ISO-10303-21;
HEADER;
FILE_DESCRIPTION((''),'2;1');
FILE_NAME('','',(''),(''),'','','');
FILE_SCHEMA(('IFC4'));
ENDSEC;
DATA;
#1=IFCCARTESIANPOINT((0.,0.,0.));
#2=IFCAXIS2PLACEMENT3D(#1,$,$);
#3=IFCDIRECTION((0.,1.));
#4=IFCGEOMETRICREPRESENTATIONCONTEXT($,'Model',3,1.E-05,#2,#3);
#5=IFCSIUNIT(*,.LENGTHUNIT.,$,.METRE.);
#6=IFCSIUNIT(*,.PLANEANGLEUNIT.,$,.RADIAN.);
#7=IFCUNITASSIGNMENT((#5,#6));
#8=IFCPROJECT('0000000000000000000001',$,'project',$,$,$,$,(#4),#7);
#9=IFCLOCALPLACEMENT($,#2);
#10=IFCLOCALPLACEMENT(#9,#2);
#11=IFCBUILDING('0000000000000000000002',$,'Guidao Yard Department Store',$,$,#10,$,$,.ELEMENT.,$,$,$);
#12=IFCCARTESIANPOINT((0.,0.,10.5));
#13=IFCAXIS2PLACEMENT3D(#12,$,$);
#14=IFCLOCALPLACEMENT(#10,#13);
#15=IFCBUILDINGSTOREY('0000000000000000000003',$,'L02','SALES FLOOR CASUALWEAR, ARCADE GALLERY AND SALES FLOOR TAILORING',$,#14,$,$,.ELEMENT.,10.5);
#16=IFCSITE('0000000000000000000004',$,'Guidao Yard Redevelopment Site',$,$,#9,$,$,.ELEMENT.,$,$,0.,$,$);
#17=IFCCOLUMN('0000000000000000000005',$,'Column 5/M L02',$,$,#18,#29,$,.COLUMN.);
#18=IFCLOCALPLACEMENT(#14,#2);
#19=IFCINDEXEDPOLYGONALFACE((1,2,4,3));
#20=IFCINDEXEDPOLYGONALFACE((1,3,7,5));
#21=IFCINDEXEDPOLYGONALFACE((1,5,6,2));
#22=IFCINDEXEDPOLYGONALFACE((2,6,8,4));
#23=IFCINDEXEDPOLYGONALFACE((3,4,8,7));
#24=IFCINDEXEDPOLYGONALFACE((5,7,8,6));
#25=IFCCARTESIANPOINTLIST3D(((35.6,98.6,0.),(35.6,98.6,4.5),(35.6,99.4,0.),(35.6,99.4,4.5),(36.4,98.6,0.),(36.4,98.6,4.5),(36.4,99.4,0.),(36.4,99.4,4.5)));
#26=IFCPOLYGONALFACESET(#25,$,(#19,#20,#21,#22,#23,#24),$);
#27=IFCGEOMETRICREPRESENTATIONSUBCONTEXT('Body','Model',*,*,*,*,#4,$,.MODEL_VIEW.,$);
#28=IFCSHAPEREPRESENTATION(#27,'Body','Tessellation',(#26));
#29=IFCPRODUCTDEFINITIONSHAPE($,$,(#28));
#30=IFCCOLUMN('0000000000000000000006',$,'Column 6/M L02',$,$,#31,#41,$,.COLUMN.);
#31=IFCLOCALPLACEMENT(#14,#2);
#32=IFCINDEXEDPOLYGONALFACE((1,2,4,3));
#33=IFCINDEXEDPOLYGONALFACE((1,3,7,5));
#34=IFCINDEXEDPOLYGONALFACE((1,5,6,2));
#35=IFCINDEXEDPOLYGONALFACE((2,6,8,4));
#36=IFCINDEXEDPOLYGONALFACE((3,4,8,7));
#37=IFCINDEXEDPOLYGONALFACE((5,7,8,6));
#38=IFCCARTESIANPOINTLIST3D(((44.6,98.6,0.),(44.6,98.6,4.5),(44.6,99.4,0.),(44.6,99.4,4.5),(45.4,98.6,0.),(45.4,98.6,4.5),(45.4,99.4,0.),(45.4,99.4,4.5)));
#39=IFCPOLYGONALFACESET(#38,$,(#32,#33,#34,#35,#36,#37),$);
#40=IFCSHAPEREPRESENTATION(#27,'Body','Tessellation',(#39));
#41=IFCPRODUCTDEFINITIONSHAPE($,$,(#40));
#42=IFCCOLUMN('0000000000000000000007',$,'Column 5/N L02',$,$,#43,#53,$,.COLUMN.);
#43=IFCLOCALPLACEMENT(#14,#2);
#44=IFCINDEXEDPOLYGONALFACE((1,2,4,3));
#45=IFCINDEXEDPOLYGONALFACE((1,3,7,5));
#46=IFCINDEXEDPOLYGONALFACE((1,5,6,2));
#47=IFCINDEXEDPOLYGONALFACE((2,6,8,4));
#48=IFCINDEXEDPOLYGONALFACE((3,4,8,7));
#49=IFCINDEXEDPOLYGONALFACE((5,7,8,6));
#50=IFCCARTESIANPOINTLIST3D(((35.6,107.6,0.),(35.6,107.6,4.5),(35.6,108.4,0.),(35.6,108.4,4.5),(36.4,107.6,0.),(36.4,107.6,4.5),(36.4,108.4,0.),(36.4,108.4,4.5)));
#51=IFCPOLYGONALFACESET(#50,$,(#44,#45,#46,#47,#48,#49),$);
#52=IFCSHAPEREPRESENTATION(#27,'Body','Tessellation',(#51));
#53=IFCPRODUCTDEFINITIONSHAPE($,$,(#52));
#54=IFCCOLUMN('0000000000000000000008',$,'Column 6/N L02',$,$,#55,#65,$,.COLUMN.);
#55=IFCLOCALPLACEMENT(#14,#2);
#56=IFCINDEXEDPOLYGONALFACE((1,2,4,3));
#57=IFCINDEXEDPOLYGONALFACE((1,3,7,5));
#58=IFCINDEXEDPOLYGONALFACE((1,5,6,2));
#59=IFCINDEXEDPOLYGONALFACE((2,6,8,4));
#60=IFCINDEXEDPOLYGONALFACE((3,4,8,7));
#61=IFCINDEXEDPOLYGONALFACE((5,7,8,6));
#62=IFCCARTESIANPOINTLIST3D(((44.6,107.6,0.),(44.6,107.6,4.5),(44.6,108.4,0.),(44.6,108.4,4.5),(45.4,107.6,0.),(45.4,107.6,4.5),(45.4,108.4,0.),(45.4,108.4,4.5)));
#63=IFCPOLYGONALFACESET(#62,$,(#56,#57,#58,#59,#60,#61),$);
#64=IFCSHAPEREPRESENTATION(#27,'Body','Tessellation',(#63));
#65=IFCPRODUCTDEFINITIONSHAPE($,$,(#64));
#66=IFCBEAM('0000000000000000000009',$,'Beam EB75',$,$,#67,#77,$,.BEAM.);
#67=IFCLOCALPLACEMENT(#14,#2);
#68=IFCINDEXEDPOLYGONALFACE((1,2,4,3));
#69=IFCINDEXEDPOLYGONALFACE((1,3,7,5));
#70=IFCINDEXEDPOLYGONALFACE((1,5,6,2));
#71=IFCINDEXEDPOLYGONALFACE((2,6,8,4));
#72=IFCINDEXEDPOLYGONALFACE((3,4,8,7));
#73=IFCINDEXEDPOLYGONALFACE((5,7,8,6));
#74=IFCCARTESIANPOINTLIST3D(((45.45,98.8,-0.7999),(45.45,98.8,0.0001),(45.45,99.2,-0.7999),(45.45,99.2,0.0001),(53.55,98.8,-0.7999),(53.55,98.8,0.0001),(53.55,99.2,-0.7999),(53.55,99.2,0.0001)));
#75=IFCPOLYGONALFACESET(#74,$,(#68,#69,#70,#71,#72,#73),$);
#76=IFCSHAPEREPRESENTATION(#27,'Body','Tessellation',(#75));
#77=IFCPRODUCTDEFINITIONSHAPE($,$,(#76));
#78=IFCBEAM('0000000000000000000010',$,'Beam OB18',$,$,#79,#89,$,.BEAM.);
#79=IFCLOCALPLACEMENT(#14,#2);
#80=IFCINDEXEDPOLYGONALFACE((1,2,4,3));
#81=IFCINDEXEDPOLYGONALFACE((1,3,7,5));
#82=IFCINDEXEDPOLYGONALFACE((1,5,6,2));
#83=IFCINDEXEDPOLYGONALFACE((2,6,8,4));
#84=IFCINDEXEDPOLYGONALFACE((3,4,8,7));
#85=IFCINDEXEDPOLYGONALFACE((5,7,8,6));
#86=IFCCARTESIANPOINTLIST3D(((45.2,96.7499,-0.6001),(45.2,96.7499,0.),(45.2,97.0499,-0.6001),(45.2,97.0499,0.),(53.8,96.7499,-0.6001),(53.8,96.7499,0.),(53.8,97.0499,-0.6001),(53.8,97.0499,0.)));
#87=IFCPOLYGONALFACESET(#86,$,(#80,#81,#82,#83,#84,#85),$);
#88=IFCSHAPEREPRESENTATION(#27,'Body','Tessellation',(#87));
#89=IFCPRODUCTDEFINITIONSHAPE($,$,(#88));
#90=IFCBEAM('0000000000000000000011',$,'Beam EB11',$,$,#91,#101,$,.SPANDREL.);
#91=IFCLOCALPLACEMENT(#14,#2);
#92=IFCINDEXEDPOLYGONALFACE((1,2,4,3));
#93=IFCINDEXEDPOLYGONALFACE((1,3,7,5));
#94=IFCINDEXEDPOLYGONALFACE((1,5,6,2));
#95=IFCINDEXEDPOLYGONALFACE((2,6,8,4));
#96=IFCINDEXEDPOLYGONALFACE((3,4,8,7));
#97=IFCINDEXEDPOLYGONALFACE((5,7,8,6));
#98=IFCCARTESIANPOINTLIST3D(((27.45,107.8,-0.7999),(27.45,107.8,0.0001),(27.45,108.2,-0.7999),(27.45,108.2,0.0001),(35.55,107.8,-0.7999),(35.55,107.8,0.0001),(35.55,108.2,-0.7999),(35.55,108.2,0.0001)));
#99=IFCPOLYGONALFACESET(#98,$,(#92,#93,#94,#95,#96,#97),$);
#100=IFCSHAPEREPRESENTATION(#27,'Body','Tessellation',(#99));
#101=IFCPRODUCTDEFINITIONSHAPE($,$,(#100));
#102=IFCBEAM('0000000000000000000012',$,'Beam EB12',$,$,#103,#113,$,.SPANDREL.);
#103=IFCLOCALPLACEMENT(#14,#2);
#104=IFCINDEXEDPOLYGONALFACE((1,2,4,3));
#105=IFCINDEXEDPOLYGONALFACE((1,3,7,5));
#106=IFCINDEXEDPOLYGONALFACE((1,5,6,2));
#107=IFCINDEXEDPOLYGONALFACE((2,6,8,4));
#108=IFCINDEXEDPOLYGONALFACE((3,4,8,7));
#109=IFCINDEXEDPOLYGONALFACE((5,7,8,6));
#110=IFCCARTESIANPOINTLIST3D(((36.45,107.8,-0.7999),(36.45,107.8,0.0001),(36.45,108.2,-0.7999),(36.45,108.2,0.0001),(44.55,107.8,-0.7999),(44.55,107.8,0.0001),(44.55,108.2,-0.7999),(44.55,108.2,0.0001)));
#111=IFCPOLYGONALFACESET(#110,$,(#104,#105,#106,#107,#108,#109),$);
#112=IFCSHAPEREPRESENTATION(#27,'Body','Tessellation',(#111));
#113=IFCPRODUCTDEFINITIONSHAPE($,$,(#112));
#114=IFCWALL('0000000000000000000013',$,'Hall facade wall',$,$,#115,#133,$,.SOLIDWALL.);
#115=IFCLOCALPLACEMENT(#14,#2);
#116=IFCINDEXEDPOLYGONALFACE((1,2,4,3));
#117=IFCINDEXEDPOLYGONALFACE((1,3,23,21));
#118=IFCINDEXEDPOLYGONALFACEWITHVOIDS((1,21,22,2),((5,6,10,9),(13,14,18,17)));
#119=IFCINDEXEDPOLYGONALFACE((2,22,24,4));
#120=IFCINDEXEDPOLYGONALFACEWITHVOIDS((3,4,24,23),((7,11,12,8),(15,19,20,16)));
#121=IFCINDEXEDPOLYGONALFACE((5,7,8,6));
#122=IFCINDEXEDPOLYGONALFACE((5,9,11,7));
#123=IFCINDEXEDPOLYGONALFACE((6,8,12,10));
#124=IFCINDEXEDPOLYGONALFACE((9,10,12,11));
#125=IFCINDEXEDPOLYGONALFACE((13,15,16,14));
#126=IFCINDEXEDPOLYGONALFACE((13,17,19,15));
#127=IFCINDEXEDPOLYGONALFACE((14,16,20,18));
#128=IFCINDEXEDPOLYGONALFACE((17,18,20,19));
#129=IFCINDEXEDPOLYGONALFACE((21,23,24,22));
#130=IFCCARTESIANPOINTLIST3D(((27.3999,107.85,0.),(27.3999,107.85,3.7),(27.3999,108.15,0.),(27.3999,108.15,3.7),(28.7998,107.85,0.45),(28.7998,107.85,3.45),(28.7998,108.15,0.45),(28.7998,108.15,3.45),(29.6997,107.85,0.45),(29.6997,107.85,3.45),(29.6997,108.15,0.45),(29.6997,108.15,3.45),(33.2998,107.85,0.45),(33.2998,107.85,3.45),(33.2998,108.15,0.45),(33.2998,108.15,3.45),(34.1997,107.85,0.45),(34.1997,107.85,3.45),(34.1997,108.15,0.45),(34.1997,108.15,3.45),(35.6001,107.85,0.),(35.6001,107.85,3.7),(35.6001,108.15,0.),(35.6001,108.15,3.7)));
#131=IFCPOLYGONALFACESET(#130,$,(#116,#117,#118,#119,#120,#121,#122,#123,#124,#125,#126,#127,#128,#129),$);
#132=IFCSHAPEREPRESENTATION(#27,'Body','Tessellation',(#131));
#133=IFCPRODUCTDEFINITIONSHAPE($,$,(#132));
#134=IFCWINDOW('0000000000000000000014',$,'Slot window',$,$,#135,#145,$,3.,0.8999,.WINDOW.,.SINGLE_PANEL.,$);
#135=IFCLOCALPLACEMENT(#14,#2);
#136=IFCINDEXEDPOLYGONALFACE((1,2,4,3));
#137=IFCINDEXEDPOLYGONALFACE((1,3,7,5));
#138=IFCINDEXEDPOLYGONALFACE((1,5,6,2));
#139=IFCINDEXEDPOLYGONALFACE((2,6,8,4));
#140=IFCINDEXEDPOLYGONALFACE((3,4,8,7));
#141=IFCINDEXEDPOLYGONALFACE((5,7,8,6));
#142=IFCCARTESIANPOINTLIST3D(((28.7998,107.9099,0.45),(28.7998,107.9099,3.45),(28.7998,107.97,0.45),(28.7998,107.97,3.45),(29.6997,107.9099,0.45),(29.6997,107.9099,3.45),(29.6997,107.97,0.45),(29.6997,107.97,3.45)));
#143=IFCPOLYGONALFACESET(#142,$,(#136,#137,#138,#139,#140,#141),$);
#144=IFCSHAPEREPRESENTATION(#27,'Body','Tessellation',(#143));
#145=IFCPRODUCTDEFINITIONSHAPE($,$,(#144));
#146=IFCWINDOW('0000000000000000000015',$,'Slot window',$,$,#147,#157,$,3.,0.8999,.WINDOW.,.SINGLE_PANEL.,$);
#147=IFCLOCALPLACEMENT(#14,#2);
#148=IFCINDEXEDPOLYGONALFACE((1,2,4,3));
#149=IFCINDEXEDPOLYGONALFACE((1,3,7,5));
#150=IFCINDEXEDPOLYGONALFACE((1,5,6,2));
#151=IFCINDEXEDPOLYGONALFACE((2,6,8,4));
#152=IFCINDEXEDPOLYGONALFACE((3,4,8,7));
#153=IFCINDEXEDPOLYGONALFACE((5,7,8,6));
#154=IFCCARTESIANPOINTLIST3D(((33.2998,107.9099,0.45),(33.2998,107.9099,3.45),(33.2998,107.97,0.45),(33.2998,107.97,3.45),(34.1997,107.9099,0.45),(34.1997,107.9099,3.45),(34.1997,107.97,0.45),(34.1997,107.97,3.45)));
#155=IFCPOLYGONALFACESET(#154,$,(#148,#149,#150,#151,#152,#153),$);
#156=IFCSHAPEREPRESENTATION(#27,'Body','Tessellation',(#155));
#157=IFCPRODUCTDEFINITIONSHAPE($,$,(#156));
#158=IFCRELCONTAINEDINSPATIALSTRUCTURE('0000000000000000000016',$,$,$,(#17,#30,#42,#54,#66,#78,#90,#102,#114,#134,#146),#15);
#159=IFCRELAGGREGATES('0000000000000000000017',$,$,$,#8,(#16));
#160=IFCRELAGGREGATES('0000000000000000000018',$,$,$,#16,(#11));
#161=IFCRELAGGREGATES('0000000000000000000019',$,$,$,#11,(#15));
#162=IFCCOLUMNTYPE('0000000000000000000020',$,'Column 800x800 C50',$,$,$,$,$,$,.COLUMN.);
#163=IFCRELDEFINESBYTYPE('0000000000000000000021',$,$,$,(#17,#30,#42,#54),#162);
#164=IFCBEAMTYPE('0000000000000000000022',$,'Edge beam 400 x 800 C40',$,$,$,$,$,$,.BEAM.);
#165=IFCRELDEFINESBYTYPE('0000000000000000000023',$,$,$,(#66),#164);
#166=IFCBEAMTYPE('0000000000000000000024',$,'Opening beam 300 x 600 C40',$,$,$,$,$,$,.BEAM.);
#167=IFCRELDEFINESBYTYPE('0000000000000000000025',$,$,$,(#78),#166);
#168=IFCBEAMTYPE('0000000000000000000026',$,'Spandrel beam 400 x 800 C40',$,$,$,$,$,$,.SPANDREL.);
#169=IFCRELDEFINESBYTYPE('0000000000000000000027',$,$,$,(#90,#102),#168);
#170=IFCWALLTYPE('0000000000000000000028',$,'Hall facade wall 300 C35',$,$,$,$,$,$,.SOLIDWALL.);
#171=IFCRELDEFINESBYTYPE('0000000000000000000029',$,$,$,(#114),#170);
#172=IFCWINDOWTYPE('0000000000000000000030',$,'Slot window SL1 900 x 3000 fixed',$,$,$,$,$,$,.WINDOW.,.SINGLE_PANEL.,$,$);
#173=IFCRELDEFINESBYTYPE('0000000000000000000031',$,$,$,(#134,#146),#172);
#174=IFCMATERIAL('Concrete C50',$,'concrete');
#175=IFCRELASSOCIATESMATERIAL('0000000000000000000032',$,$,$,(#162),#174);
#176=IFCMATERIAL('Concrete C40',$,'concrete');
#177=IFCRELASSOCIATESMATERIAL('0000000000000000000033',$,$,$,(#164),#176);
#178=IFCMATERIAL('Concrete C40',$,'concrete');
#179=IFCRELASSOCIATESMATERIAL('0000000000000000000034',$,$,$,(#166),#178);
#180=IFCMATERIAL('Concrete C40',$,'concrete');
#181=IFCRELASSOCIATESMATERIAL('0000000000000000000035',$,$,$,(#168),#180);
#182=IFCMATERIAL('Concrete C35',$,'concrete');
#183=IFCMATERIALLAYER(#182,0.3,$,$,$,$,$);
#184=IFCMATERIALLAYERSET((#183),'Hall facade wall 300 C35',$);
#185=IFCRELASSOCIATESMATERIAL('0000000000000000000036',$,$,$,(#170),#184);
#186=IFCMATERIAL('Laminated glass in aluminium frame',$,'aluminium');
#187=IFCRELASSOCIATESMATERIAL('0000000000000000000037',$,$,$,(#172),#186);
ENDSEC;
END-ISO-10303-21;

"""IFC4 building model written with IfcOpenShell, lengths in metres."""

from ifc_helpers import new_model, si_unit, direction, frame, frame_2d, origin, origin_2d, place, context, subcontext, project, spatial, rectangle, extrude, material, layer, layer_set, material_profile, profile_set, type_object, element, fill, save


model = new_model("IFC4")

# Units and contexts
model_context = context("Model", 3, precision=1e-05, world=origin(), true_north=direction((0.0, 1.0)))
body_context = subcontext(model_context, "Body", "Model", "MODEL_VIEW")
ifc_project = project(units=[si_unit("LENGTHUNIT", "METRE"), si_unit("PLANEANGLEUNIT", "RADIAN")], contexts=[model_context])

# Site, building, storey
site_placement = place(None, origin())
site = spatial("IfcSite", under=ifc_project, at=site_placement, Name="Guidao Yard Redevelopment Site", CompositionType="ELEMENT", RefElevation=0.0)
building_placement = place(site_placement, origin())
building = spatial("IfcBuilding", under=site, at=building_placement, Name="Guidao Yard Department Store", CompositionType="ELEMENT")
storey_placement = place(building_placement, frame((0.0, 0.0, 10.5)))
storey = spatial("IfcBuildingStorey", under=building, at=storey_placement, Name="L02", Description="SALES FLOOR CASUALWEAR, ARCADE GALLERY AND SALES FLOOR TAILORING", CompositionType="ELEMENT", Elevation=10.5)

# Columns
ifc_material_1 = material(Name="Concrete C50", Category="concrete")
ifc_material_profile_1 = material_profile(ifc_material_1, rectangle(XDim=0.8, YDim=0.8, at=origin_2d()), Name="COL 800x800")
ifc_profile_set_1 = profile_set([ifc_material_profile_1], Name="Concrete C50")
column_type = type_object("IfcColumnType", Name="Column 800x800 C50", PredefinedType="COLUMN", material=ifc_profile_set_1)
for number, where, z_axis, x_axis, name in (
    (1, (36.0, 99.0, 0.0), (0.0, 0.0, 1.0), (1.0, 0.0, 0.0), "Column 5/M L02"),
    (2, (45.0, 99.0, 0.0), (0.0, 0.0, 1.0), (1.0, 0.0, 0.0), "Column 6/M L02"),
    (3, (36.0, 108.0, 0.0), (0.0, 0.0, 1.0), (1.0, 0.0, 0.0), "Column 5/N L02"),
    (4, (45.0, 108.0, 0.0), (0.0, 0.0, 1.0), (1.0, 0.0, 0.0), "Column 6/N L02"),
):
    element("IfcColumn", number, at=place(storey_placement, frame(where, z_axis=z_axis, x_axis=x_axis)), inside=storey, type_object=column_type, Name=name, PredefinedType="COLUMN", context=body_context, shape_type="SweptSolid", body=[
        extrude(rectangle(XDim=0.8, YDim=0.8, at=origin_2d()), origin(), (0.0, 0.0, 1.0), 4.5),
    ])

# Beams
ifc_material_2 = material(Name="Concrete C40", Category="concrete")
ifc_material_profile_2 = material_profile(ifc_material_2, rectangle(XDim=0.3999, YDim=0.8, at=origin_2d()), Name="Edge beam 400 x 800 C40")
ifc_profile_set_2 = profile_set([ifc_material_profile_2], Name="Concrete C40")
beam_type_1 = type_object("IfcBeamType", Name="Edge beam 400 x 800 C40", PredefinedType="BEAM", material=ifc_profile_set_2)
beam_1_placement = place(storey_placement, frame((45.45, 99.0, -0.3999), z_axis=(1.0, 0.0, 0.0), x_axis=(0.0, 1.0, 0.0)))
element("IfcBeam", 5, at=beam_1_placement, inside=storey, type_object=beam_type_1, Name="Beam EB75", PredefinedType="BEAM", context=body_context, shape_type="SweptSolid", body=[
    extrude(rectangle(XDim=0.3999, YDim=0.8, at=origin_2d()), origin(), (0.0, 0.0, 1.0), 8.1001),
])
ifc_material_3 = material(Name="Concrete C40", Category="concrete")
ifc_material_profile_3 = material_profile(ifc_material_3, rectangle(XDim=0.3, YDim=0.6001, at=origin_2d()), Name="Opening beam 300 x 600 C40")
ifc_profile_set_3 = profile_set([ifc_material_profile_3], Name="Concrete C40")
beam_type_2 = type_object("IfcBeamType", Name="Opening beam 300 x 600 C40", PredefinedType="BEAM", material=ifc_profile_set_3)
beam_2_placement = place(storey_placement, frame((45.2, 96.8999, -0.3), z_axis=(1.0, 0.0, 0.0), x_axis=(0.0, 1.0, 0.0)))
element("IfcBeam", 6, at=beam_2_placement, inside=storey, type_object=beam_type_2, Name="Beam OB18", PredefinedType="BEAM", context=body_context, shape_type="SweptSolid", body=[
    extrude(rectangle(XDim=0.3, YDim=0.6001, at=origin_2d()), origin(), (0.0, 0.0, 1.0), 8.6001),
])
ifc_material_4 = material(Name="Concrete C40", Category="concrete")
ifc_material_profile_4 = material_profile(ifc_material_4, rectangle(XDim=0.3999, YDim=0.8, at=origin_2d()), Name="Spandrel beam 400 x 800 C40")
ifc_profile_set_4 = profile_set([ifc_material_profile_4], Name="Concrete C40")
beam_type_3 = type_object("IfcBeamType", Name="Spandrel beam 400 x 800 C40", PredefinedType="SPANDREL", material=ifc_profile_set_4)
for number, where, z_axis, x_axis, name in (
    (7, (27.45, 108.0, -0.3999), (1.0, 0.0, 0.0), (0.0, 1.0, 0.0), "Beam EB11"),
    (8, (36.45, 108.0, -0.3999), (1.0, 0.0, 0.0), (0.0, 1.0, 0.0), "Beam EB12"),
):
    element("IfcBeam", number, at=place(storey_placement, frame(where, z_axis=z_axis, x_axis=x_axis)), inside=storey, type_object=beam_type_3, Name=name, PredefinedType="SPANDREL", context=body_context, shape_type="SweptSolid", body=[
        extrude(rectangle(XDim=0.3999, YDim=0.8, at=origin_2d()), origin(), (0.0, 0.0, 1.0), 8.1001),
    ])

# Wall, openings, windows
ifc_material_5 = material(Name="Concrete C35", Category="concrete")
ifc_layer_1 = layer(ifc_material_5, 0.3)
ifc_layer_set_1 = layer_set([ifc_layer_1], Name="Hall facade wall 300 C35")
wall_type_1 = type_object("IfcWallType", Name="Hall facade wall 300 C35", PredefinedType="SOLIDWALL", material=ifc_layer_set_1)
wall_1_placement = place(storey_placement, frame((27.3999, 108.0, 0.0), z_axis=(0.0, 0.0, 1.0), x_axis=(1.0, 0.0, 0.0)))
wall_1 = element("IfcWall", 9, at=wall_1_placement, inside=storey, type_object=wall_type_1, Name="Hall facade wall", PredefinedType="SOLIDWALL", context=body_context, shape_type="SweptSolid", body=[
    extrude(rectangle(XDim=8.2002, YDim=0.3, at=frame_2d((4.1001, 0.0))), origin(), (0.0, 0.0, 1.0), 3.7),
])
opening_1_placement = place(wall_1_placement, frame((1.3999, 0.0, 0.45)))
opening_1 = element("IfcOpeningElement", 10, at=opening_1_placement, cuts=wall_1, PredefinedType="OPENING", context=body_context, shape_type="SweptSolid", body=[
    extrude(rectangle(XDim=0.8999, YDim=3.0, at=frame_2d((0.45, 1.5))), frame((0.0, 0.1599, 0.0), z_axis=(0.0, -1.0, 0.0), x_axis=(1.0, 0.0, 0.0)), (0.0, 0.0, 1.0), 0.3201),
])
opening_2_placement = place(wall_1_placement, frame((5.8999, 0.0, 0.45)))
opening_2 = element("IfcOpeningElement", 11, at=opening_2_placement, cuts=wall_1, PredefinedType="OPENING", context=body_context, shape_type="SweptSolid", body=[
    extrude(rectangle(XDim=0.8999, YDim=3.0, at=frame_2d((0.45, 1.5))), frame((0.0, 0.1599, 0.0), z_axis=(0.0, -1.0, 0.0), x_axis=(1.0, 0.0, 0.0)), (0.0, 0.0, 1.0), 0.3201),
])
ifc_material_6 = material(Name="Laminated glass in aluminium frame", Category="aluminium")
window_type = type_object("IfcWindowType", Name="Slot window SL1 900 x 3000 fixed", PartitioningType="SINGLE_PANEL", PredefinedType="WINDOW", material=ifc_material_6)
window_1_placement = place(opening_1_placement, origin())
window_1 = element("IfcWindow", 12, at=window_1_placement, inside=storey, type_object=window_type, Name="Slot window", OverallHeight=3.0, OverallWidth=0.8999, PartitioningType="SINGLE_PANEL", PredefinedType="WINDOW", context=body_context, shape_type="SweptSolid", body=[
    extrude(rectangle(XDim=0.8999, YDim=3.0, at=frame_2d((0.45, 1.5))), frame((0.0, -0.03, 0.0), z_axis=(0.0, -1.0, 0.0), x_axis=(1.0, 0.0, 0.0)), (0.0, 0.0, 1.0), 0.0601),
])
fill(opening_1, window_1)
window_2_placement = place(opening_2_placement, origin())
window_2 = element("IfcWindow", 13, at=window_2_placement, inside=storey, type_object=window_type, Name="Slot window", OverallHeight=3.0, OverallWidth=0.8999, PartitioningType="SINGLE_PANEL", PredefinedType="WINDOW", context=body_context, shape_type="SweptSolid", body=[
    extrude(rectangle(XDim=0.8999, YDim=3.0, at=frame_2d((0.45, 1.5))), frame((0.0, -0.03, 0.0), z_axis=(0.0, -1.0, 0.0), x_axis=(1.0, 0.0, 0.0)), (0.0, 0.0, 1.0), 0.0601),
])
fill(opening_2, window_2)

save(model, "model.ifc")
